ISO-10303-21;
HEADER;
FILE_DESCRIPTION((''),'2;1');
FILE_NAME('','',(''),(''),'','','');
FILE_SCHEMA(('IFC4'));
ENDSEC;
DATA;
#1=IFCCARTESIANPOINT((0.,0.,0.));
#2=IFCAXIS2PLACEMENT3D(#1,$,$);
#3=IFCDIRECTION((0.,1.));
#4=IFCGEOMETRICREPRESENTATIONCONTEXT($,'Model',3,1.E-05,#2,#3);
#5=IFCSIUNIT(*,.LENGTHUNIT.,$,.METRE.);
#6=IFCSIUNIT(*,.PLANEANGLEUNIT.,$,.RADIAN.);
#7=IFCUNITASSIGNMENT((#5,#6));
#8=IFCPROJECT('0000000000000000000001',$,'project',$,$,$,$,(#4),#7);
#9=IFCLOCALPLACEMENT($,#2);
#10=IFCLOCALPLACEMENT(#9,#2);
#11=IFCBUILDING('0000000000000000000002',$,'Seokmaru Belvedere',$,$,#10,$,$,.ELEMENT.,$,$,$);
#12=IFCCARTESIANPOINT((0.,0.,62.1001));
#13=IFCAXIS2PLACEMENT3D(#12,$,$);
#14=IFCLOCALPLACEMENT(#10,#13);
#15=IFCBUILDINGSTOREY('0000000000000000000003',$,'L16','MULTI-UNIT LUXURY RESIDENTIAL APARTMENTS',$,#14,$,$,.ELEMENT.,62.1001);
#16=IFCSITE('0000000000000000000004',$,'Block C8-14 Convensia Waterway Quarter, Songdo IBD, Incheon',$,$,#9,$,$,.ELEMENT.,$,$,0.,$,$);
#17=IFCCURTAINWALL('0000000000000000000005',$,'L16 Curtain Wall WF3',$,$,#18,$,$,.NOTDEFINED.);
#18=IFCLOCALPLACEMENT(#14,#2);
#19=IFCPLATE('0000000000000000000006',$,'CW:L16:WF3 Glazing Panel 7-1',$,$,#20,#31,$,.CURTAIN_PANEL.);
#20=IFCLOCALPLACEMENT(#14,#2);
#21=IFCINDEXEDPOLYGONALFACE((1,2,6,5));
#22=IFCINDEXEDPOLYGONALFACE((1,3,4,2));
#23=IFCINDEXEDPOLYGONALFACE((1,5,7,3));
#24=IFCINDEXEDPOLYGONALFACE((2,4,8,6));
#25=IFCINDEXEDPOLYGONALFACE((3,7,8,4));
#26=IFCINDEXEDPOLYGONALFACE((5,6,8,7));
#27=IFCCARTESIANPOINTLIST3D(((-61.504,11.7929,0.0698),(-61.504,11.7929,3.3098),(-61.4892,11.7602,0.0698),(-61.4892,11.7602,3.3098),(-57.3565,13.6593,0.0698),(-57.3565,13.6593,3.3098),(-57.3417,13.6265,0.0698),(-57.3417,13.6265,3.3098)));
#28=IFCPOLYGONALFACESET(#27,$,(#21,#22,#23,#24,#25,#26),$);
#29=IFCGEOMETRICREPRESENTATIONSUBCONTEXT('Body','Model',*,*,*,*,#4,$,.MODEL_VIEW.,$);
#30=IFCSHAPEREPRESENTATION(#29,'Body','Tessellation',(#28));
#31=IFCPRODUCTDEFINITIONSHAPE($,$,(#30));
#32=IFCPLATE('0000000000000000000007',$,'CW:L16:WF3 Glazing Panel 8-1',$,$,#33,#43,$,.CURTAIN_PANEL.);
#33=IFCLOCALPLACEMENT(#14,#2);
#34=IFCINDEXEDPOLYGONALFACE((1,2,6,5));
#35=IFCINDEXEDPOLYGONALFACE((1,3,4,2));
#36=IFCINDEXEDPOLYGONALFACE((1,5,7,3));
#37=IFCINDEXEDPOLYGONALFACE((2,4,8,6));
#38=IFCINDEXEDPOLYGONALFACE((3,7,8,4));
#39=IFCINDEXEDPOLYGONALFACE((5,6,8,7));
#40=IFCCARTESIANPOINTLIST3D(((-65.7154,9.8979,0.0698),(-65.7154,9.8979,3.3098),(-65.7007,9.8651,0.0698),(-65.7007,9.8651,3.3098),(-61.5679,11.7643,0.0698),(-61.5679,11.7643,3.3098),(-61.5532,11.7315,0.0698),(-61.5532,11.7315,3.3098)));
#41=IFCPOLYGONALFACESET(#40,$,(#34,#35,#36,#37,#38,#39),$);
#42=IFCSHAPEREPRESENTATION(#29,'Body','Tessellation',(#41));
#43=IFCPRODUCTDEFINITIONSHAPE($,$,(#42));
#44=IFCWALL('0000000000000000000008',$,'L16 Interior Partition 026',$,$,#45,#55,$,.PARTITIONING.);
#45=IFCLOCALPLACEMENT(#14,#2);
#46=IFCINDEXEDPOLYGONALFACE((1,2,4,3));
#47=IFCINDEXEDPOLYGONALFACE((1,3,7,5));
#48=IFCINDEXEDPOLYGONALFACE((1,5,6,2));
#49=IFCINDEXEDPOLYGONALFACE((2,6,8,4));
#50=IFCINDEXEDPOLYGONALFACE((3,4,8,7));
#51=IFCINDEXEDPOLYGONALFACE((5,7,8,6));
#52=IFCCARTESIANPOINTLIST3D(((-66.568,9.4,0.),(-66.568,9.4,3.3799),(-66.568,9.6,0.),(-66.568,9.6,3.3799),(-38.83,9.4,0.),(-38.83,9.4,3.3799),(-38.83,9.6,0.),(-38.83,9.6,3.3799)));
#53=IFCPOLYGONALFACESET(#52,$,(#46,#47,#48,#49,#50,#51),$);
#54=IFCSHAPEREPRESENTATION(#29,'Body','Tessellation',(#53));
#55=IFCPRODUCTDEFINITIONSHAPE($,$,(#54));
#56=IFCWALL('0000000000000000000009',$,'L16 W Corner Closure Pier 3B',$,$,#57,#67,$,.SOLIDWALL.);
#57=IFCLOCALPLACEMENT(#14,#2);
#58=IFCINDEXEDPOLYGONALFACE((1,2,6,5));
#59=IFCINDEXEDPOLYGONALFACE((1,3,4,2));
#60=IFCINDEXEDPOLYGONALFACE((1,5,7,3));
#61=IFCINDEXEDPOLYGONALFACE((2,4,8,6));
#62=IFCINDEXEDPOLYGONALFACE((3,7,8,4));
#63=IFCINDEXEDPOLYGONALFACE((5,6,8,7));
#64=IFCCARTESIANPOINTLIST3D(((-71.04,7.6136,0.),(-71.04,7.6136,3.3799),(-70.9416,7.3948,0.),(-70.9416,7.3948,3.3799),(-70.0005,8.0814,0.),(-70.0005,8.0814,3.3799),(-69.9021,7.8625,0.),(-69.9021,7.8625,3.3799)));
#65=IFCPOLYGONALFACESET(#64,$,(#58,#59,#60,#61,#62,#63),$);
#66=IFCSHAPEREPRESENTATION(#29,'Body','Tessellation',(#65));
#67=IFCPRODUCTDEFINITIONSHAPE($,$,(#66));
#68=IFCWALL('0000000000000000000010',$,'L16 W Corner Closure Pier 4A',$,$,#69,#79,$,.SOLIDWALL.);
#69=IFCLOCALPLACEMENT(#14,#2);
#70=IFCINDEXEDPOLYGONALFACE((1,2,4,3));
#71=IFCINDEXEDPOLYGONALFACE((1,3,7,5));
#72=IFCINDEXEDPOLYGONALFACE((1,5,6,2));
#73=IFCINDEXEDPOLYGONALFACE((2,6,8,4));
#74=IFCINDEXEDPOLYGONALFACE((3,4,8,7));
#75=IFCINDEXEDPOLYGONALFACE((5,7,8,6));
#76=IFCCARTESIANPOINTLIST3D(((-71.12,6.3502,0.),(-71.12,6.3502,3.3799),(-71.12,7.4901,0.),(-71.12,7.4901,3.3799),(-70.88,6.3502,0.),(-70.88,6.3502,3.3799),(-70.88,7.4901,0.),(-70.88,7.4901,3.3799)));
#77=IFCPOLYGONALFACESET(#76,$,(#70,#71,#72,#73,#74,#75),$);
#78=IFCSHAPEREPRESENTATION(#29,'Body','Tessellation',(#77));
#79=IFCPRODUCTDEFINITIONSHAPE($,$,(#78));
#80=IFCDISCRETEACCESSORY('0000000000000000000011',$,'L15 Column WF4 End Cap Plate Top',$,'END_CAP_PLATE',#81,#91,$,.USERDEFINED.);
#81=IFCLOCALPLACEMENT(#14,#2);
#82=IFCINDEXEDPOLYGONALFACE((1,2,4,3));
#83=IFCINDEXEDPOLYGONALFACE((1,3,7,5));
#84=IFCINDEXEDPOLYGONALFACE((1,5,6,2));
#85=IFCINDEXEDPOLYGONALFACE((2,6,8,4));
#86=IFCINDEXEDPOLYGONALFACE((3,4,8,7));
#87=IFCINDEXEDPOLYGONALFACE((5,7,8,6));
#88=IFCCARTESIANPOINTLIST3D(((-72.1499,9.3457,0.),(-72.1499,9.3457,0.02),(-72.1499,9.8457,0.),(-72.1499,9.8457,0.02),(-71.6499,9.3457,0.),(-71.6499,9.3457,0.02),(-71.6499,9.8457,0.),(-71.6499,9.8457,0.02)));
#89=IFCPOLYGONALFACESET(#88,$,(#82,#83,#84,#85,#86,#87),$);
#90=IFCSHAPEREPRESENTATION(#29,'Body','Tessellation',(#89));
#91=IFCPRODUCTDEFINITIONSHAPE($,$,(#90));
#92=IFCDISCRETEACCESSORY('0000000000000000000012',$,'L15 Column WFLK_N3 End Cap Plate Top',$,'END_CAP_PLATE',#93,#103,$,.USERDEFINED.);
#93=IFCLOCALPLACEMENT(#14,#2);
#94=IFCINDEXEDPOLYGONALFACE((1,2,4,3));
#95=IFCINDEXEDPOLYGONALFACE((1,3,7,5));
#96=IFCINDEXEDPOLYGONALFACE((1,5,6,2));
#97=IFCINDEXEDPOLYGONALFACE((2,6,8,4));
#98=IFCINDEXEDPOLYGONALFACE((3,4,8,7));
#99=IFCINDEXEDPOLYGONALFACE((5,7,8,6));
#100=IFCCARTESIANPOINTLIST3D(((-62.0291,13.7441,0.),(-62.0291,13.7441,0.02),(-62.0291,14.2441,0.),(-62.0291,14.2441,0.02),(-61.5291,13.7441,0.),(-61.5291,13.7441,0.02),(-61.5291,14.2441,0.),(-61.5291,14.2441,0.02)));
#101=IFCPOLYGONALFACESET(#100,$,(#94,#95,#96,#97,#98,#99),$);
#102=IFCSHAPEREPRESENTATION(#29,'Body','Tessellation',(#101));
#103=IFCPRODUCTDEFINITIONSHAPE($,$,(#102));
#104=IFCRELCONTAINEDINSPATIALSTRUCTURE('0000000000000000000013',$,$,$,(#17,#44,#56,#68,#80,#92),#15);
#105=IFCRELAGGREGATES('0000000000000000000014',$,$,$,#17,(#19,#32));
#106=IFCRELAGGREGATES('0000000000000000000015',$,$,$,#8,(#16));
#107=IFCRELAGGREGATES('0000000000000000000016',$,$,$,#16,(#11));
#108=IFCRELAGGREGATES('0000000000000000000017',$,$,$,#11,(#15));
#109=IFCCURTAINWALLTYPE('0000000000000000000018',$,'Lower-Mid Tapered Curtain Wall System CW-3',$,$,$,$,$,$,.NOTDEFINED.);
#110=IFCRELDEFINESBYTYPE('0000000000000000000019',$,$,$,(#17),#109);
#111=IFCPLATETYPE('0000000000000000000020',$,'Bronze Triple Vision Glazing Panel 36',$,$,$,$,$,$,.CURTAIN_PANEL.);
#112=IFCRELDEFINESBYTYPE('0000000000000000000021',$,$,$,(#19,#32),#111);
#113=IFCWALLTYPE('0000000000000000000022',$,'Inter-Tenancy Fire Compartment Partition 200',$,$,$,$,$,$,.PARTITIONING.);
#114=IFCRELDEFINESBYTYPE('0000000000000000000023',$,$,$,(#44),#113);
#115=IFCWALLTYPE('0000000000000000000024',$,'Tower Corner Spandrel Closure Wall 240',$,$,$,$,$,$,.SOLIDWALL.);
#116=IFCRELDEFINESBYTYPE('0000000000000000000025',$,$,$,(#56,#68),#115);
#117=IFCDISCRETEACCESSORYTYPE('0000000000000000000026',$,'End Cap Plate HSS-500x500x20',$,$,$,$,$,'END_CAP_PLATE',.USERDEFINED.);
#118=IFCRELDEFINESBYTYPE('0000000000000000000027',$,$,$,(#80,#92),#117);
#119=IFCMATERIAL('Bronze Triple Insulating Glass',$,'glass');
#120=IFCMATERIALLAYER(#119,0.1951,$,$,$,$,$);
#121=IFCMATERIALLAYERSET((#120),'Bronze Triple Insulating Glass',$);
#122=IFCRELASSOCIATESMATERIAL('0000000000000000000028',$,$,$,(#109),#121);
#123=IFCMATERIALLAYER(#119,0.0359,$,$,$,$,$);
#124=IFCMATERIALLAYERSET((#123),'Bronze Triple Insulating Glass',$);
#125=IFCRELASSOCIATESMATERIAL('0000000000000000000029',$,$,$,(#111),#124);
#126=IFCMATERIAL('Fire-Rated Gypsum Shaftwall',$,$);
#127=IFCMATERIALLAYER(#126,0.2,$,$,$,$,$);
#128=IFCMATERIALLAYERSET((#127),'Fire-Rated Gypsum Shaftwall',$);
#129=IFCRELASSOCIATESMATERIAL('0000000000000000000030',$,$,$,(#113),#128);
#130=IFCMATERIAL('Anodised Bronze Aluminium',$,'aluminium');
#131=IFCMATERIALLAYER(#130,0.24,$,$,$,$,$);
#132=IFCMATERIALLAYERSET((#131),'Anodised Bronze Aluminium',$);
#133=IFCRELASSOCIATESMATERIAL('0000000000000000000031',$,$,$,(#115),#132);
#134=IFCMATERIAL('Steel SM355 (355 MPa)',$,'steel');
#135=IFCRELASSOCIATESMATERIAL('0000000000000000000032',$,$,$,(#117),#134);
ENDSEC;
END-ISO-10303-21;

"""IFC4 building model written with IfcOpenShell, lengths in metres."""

from ifc_helpers import new_model, si_unit, direction, frame, frame_2d, origin, origin_2d, place, context, subcontext, project, spatial, rectangle, extrude, source, transform, mapped, material, layer, layer_set, type_object, type_shapes, element, aggregate, save


model = new_model("IFC4")

# Units and contexts
model_context = context("Model", 3, precision=1e-05, world=origin(), true_north=direction((0.0, 1.0)))
body_context = subcontext(model_context, "Body", "Model", "MODEL_VIEW")
ifc_project = project(units=[si_unit("LENGTHUNIT", "METRE"), si_unit("PLANEANGLEUNIT", "RADIAN")], contexts=[model_context])

# Site, building, storey
site_placement = place(None, origin())
site = spatial("IfcSite", under=ifc_project, at=site_placement, Name="Block C8-14 Convensia Waterway Quarter, Songdo IBD, Incheon", CompositionType="ELEMENT", RefElevation=0.0)
building_placement = place(site_placement, origin())
building = spatial("IfcBuilding", under=site, at=building_placement, Name="Seokmaru Belvedere", CompositionType="ELEMENT")
storey_placement = place(building_placement, frame((0.0, 0.0, 62.1001)))
storey = spatial("IfcBuildingStorey", under=building, at=storey_placement, Name="L16", Description="MULTI-UNIT LUXURY RESIDENTIAL APARTMENTS", CompositionType="ELEMENT", Elevation=62.1001)

# Shared definitions
ifc_material_1 = material(Name="Steel SM355 (355 MPa)", Category="steel")

# Curtain wall, plates
ifc_material_2 = material(Name="Bronze Triple Insulating Glass", Category="glass")
ifc_layer_1 = layer(ifc_material_2, 0.1951)
ifc_layer_set_1 = layer_set([ifc_layer_1], Name="Bronze Triple Insulating Glass")
curtain_wall_type = type_object("IfcCurtainWallType", Name="Lower-Mid Tapered Curtain Wall System CW-3", PredefinedType="NOTDEFINED", material=ifc_layer_set_1)
curtain_wall_placement = place(storey_placement, origin())
curtain_wall = element("IfcCurtainWall", 1, at=curtain_wall_placement, inside=storey, type_object=curtain_wall_type, Name="L16 Curtain Wall WF3", PredefinedType="NOTDEFINED")
ifc_material_3 = material(Name="Anodised Bronze Aluminium", Category="aluminium")
ifc_layer_2 = layer(ifc_material_2, 0.0359)
ifc_layer_set_2 = layer_set([ifc_layer_2], Name="Bronze Triple Insulating Glass")
plate_type = type_object("IfcPlateType", Name="Bronze Triple Vision Glazing Panel 36", PredefinedType="CURTAIN_PANEL", material=ifc_layer_set_2)
shared_shape_1 = source(origin(), body_context, "Body", "SweptSolid", [
    extrude(rectangle(XDim=4.5481, YDim=0.0359, at=origin_2d()), origin(), (0.0, 0.0, 1.0), 3.24),
])
plate_1_placement = place(storey_placement, frame((-59.4229, 12.7097, 0.0698), z_axis=(0.0, 0.0, 1.0), x_axis=(-0.911921, -0.410366, 0.0)))
plate_1 = element("IfcPlate", 2, at=plate_1_placement, type_object=plate_type, Name="CW:L16:WF3 Glazing Panel 7-1", PredefinedType="CURTAIN_PANEL", context=body_context, shape_type="MappedRepresentation", body=[
    mapped(shared_shape_1, transform((0.0, 0.0, 0.0), scale=1.0)),
])
plate_2_placement = place(storey_placement, frame((-63.6343, 10.8147, 0.0698), z_axis=(0.0, 0.0, 1.0), x_axis=(-0.911921, -0.410366, 0.0)))
plate_2 = element("IfcPlate", 3, at=plate_2_placement, type_object=plate_type, Name="CW:L16:WF3 Glazing Panel 8-1", PredefinedType="CURTAIN_PANEL", context=body_context, shape_type="MappedRepresentation", body=[
    mapped(shared_shape_1, transform((0.0, 0.0, 0.0), scale=1.0)),
])
aggregate(curtain_wall, [plate_1, plate_2])

# Walls
ifc_material_4 = material(Name="Fire-Rated Gypsum Shaftwall")
ifc_layer_3 = layer(ifc_material_4, 0.2)
ifc_layer_set_3 = layer_set([ifc_layer_3], Name="Fire-Rated Gypsum Shaftwall")
wall_type_1 = type_object("IfcWallType", Name="Inter-Tenancy Fire Compartment Partition 200", PredefinedType="PARTITIONING", material=ifc_layer_set_3)
wall_placement = place(storey_placement, frame((-66.5681, 9.5, 0.0), z_axis=(0.0, 0.0, 1.0), x_axis=(1.0, 0.0, 0.0)))
element("IfcWall", 4, at=wall_placement, inside=storey, type_object=wall_type_1, Name="L16 Interior Partition 026", PredefinedType="PARTITIONING", context=body_context, shape_type="SweptSolid", body=[
    extrude(rectangle(XDim=27.738, YDim=0.2, at=frame_2d((13.8691, 0.0))), origin(), (0.0, 0.0, 1.0), 3.3799),
])
ifc_layer_4 = layer(ifc_material_3, 0.24)
ifc_layer_set_4 = layer_set([ifc_layer_4], Name="Anodised Bronze Aluminium")
wall_type_2 = type_object("IfcWallType", Name="Tower Corner Spandrel Closure Wall 240", PredefinedType="SOLIDWALL", material=ifc_layer_set_4)
for number, where, z_axis, x_axis, name in (
    (5, (-69.9514, 7.9719, 0.0), (0.0, 0.0, 1.0), (-0.91193, -0.410347, 0.0), "L16 W Corner Closure Pier 3B"),
    (6, (-71.0, 7.49, 0.0), (0.0, 0.0, 1.0), (0.0, -1.0, 0.0), "L16 W Corner Closure Pier 4A"),
):
    element("IfcWall", number, at=place(storey_placement, frame(where, z_axis=z_axis, x_axis=x_axis)), inside=storey, type_object=wall_type_2, Name=name, PredefinedType="SOLIDWALL", context=body_context, shape_type="SweptSolid", body=[
        extrude(rectangle(XDim=1.1399, YDim=0.24, at=frame_2d((0.5698, 0.0))), origin(), (0.0, 0.0, 1.0), 3.3799),
    ])

# Discrete accessories
discrete_accessory_type = type_object("IfcDiscreteAccessoryType", Name="End Cap Plate HSS-500x500x20", ElementType="END_CAP_PLATE", PredefinedType="USERDEFINED", material=ifc_material_1)
shared_shape_2 = source(origin(), body_context, "Body", "SweptSolid", [
    extrude(rectangle(XDim=0.5, YDim=0.5, at=origin_2d()), origin(), (0.0, 0.0, 1.0), 0.02),
])
type_shapes(discrete_accessory_type, [shared_shape_2])
for number, where, z_axis, x_axis, name in (
    (7, (-71.8999, 9.5957, 0.0), (0.0, 0.0, 1.0), (1.0, 0.0, 0.0), "L15 Column WF4 End Cap Plate Top"),
    (8, (-61.7791, 13.9941, 0.0), (0.0, 0.0, 1.0), (1.0, 0.0, 0.0), "L15 Column WFLK_N3 End Cap Plate Top"),
):
    element("IfcDiscreteAccessory", number, at=place(storey_placement, frame(where, z_axis=z_axis, x_axis=x_axis)), inside=storey, type_object=discrete_accessory_type, Name=name, ObjectType="END_CAP_PLATE", PredefinedType="USERDEFINED", context=body_context, shape_type="MappedRepresentation", body=[
        mapped(shared_shape_2, transform((0.0, 0.0, 0.0), scale=1.0)),
    ])

save(model, "model.ifc")
